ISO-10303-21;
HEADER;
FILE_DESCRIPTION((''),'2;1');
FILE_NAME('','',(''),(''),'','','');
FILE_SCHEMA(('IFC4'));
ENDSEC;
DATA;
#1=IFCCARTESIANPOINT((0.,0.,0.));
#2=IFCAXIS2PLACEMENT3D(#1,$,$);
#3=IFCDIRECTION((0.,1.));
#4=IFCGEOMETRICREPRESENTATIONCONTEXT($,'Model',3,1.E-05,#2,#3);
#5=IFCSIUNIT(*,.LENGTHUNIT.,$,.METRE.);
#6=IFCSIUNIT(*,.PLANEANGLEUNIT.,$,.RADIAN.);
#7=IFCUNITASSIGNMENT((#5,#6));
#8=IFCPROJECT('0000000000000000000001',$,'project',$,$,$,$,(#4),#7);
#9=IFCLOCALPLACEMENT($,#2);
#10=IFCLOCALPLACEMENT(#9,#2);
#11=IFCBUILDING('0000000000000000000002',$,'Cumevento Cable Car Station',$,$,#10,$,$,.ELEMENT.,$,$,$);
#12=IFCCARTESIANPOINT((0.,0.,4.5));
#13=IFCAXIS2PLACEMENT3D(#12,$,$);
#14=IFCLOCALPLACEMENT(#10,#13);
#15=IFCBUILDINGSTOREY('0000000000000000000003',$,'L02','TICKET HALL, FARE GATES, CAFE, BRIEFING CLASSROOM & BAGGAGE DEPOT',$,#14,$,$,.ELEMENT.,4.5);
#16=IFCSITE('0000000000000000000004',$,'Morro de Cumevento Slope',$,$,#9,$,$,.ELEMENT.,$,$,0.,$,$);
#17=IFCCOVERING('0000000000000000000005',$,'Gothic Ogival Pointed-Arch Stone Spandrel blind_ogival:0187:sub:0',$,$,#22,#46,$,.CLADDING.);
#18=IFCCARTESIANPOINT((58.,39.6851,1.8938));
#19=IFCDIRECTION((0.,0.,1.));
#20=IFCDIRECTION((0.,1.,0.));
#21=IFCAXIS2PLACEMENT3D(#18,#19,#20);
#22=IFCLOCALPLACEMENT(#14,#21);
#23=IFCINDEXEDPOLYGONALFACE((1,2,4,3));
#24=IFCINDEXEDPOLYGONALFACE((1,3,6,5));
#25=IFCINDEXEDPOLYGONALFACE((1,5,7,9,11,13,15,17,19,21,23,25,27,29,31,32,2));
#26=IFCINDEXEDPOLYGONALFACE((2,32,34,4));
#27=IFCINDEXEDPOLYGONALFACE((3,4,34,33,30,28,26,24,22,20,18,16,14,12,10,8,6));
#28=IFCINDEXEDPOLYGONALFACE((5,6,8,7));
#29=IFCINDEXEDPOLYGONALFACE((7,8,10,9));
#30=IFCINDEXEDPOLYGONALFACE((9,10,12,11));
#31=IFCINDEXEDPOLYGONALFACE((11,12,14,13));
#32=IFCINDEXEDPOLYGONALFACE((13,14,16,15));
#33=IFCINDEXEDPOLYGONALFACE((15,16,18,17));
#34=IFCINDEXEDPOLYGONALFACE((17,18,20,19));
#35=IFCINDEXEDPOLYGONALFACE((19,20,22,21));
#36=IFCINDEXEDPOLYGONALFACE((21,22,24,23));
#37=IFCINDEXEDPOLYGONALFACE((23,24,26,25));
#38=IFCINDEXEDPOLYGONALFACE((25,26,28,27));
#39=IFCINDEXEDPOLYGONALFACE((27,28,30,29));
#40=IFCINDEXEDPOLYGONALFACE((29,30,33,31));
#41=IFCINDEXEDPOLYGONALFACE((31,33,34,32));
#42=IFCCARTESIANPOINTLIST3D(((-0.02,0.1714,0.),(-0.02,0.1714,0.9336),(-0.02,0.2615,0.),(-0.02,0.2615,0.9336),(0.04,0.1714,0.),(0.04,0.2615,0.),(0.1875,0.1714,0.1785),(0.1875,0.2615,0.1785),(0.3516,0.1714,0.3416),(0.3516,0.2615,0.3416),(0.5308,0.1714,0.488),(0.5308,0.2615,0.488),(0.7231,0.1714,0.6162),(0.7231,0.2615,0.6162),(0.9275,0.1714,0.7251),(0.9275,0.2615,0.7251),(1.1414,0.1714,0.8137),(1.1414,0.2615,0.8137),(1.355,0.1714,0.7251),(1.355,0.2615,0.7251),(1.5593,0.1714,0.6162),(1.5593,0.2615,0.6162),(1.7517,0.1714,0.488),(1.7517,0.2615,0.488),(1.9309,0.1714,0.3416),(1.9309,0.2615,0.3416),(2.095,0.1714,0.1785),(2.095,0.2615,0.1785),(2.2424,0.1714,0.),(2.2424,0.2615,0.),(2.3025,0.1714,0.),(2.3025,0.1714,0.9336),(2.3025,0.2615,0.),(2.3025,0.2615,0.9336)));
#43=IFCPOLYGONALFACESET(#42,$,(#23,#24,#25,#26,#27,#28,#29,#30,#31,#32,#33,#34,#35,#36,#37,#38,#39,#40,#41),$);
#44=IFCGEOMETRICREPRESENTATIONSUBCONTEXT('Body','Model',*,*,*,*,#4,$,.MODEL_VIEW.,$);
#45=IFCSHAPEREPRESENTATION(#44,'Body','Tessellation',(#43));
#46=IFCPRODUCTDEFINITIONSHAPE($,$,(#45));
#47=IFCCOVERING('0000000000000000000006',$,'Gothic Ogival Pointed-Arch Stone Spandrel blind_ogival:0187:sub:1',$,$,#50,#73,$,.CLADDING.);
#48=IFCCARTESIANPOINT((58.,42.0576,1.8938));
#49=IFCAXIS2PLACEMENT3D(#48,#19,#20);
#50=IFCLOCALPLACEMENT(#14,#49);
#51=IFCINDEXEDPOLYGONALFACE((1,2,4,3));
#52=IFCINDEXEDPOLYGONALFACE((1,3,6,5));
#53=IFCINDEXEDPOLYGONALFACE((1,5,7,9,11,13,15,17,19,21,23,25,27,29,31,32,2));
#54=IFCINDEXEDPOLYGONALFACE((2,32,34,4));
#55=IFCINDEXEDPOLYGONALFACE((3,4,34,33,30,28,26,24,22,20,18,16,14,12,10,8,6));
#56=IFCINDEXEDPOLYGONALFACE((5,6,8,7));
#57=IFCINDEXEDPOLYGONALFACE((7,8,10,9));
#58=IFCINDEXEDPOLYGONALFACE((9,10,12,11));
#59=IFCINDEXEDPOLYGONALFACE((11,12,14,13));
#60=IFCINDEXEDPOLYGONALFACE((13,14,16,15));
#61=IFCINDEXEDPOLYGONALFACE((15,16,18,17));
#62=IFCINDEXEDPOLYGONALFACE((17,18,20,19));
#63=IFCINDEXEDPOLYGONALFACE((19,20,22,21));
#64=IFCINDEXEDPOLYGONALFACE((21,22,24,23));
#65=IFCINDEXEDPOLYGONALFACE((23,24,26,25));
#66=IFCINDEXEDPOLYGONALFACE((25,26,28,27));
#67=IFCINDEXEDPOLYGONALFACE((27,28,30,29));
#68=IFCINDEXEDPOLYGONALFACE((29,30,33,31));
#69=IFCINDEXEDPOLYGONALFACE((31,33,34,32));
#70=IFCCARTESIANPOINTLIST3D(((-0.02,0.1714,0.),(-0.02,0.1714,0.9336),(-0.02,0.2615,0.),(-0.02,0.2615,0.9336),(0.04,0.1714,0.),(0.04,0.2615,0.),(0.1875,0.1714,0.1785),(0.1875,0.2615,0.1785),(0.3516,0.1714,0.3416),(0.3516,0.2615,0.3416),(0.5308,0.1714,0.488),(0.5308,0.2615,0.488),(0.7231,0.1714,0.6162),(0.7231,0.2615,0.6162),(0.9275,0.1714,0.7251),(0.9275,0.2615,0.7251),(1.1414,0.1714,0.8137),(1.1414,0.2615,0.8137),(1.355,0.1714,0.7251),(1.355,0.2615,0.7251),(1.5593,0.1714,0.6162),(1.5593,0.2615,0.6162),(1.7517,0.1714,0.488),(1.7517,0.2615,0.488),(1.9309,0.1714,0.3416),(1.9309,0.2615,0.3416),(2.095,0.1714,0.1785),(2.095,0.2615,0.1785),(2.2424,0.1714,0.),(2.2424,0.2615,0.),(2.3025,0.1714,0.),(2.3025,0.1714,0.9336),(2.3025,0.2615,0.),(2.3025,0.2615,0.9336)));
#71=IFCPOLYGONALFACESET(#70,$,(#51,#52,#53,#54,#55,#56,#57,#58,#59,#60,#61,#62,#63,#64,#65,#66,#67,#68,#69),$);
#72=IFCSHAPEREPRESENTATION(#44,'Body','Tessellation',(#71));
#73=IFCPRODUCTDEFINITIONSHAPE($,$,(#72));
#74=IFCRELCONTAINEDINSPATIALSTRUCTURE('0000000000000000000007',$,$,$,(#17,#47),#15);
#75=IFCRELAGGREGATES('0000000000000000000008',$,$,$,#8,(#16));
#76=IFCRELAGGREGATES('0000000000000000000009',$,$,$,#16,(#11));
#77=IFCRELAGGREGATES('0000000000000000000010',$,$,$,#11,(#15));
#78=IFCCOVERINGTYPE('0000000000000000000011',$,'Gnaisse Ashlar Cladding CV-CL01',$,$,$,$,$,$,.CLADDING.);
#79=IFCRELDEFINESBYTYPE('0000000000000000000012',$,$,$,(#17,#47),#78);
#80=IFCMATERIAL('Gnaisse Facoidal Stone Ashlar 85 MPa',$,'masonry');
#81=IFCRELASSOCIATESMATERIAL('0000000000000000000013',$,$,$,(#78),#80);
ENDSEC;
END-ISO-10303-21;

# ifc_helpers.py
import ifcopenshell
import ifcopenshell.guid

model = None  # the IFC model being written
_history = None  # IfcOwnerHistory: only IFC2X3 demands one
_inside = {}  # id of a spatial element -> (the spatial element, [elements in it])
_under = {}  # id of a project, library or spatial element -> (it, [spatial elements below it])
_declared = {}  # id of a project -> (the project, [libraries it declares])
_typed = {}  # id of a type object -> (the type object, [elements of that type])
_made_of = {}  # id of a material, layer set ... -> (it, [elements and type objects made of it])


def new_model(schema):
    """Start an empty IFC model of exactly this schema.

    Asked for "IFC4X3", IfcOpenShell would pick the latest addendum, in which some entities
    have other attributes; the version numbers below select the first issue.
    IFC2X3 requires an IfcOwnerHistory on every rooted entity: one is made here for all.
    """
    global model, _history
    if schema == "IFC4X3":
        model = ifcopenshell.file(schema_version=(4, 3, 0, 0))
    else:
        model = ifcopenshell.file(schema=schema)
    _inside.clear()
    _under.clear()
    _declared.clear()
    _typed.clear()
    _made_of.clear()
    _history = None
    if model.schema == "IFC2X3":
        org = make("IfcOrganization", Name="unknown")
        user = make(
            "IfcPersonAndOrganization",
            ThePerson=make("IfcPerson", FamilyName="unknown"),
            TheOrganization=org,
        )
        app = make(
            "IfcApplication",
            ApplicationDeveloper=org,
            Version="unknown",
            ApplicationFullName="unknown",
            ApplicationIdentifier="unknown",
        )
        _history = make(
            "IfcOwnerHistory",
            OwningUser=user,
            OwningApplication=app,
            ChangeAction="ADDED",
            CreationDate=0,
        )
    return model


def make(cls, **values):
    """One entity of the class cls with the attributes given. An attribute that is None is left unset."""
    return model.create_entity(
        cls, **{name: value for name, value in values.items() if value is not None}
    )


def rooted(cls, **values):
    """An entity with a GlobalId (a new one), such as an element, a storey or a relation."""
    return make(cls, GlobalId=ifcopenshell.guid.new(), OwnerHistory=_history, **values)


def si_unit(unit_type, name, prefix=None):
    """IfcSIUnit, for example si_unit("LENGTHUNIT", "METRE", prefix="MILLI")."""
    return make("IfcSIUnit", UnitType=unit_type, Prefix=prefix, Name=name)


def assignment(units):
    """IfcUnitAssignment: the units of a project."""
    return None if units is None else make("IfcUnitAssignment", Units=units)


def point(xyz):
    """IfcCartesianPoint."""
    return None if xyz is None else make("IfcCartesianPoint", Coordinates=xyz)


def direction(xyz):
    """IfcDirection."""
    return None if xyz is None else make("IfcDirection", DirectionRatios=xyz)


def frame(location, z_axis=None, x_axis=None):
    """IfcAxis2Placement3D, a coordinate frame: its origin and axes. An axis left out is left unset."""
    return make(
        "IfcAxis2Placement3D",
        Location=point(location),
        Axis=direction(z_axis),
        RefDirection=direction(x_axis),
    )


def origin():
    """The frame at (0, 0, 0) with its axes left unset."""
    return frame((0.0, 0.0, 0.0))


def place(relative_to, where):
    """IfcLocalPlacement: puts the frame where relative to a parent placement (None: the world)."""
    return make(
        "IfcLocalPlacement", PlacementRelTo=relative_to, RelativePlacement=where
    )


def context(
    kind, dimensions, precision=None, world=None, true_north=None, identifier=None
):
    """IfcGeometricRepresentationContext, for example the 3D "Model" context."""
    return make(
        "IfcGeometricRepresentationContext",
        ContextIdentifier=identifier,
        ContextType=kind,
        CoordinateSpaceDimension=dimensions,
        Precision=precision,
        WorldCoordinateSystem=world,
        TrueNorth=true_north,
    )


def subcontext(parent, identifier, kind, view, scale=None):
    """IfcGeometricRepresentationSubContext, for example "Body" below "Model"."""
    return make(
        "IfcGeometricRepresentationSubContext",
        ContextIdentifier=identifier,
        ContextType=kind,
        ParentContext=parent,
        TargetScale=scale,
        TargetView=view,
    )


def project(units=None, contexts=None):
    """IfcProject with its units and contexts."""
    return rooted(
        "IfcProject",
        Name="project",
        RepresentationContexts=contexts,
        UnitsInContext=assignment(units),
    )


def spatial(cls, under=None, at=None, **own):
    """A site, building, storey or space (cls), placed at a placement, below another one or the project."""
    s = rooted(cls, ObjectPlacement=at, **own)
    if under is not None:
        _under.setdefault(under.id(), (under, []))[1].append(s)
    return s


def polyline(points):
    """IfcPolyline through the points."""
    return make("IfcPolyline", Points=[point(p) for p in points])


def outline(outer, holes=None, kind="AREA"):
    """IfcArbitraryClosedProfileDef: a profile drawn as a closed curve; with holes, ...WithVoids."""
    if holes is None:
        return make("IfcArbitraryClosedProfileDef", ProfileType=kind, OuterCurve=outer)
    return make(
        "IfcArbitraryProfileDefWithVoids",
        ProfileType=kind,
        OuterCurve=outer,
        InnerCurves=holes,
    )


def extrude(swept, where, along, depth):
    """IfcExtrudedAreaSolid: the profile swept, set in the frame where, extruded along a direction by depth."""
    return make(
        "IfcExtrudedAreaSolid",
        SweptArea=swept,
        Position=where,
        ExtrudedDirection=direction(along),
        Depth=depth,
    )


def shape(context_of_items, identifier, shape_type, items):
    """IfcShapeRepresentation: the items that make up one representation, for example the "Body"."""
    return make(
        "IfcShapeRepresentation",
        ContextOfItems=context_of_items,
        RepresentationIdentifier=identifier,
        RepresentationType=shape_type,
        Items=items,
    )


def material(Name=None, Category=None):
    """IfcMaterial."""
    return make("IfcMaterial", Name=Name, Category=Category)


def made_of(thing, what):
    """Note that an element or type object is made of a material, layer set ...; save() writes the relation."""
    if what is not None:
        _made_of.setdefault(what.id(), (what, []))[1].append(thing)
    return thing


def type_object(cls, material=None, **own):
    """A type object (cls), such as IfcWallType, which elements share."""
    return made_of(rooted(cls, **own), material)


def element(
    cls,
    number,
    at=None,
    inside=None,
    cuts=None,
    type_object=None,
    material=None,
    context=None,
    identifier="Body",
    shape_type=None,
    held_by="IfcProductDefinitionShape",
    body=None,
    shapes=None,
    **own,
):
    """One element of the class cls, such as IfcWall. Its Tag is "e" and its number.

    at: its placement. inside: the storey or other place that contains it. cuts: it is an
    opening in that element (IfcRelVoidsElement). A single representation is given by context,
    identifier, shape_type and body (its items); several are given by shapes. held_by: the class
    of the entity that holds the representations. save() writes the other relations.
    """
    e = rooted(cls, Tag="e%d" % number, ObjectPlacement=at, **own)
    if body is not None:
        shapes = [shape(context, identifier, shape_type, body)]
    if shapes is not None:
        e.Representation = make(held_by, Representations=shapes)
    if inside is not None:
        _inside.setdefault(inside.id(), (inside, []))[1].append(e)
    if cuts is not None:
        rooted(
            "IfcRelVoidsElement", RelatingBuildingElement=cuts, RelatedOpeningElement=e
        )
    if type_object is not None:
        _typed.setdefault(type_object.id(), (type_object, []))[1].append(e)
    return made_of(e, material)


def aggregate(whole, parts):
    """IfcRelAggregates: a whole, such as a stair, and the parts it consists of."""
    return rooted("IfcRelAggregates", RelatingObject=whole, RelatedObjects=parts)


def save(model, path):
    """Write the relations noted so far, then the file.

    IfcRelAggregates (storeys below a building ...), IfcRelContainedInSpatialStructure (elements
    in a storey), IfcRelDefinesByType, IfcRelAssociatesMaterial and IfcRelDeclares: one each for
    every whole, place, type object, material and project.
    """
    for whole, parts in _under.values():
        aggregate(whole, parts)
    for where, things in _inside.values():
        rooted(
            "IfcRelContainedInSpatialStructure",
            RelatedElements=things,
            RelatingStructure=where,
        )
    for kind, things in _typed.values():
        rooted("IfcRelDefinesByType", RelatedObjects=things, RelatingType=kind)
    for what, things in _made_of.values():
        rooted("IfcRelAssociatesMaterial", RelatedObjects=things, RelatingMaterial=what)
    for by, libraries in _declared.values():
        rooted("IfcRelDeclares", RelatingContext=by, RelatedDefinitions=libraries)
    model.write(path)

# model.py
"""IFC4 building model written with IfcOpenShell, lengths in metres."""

from ifc_helpers import new_model, si_unit, direction, frame, origin, place, context, subcontext, project, spatial, polyline, outline, extrude, material, type_object, element, save


model = new_model("IFC4")

# Units and contexts
model_context = context("Model", 3, precision=1e-05, world=origin(), true_north=direction((0.0, 1.0)))
body_context = subcontext(model_context, "Body", "Model", "MODEL_VIEW")
ifc_project = project(units=[si_unit("LENGTHUNIT", "METRE"), si_unit("PLANEANGLEUNIT", "RADIAN")], contexts=[model_context])

# Site, building, storey
site_placement = place(None, origin())
site = spatial("IfcSite", under=ifc_project, at=site_placement, Name="Morro de Cumevento Slope", CompositionType="ELEMENT", RefElevation=0.0)
building_placement = place(site_placement, origin())
building = spatial("IfcBuilding", under=site, at=building_placement, Name="Cumevento Cable Car Station", CompositionType="ELEMENT")
storey_placement = place(building_placement, frame((0.0, 0.0, 4.5)))
storey = spatial("IfcBuildingStorey", under=building, at=storey_placement, Name="L02", Description="TICKET HALL, FARE GATES, CAFE, BRIEFING CLASSROOM & BAGGAGE DEPOT", CompositionType="ELEMENT", Elevation=4.5)

# Coverings
ifc_material_1 = material(Name="Gnaisse Facoidal Stone Ashlar 85 MPa", Category="masonry")
covering_type = type_object("IfcCoveringType", Name="Gnaisse Ashlar Cladding CV-CL01", PredefinedType="CLADDING", material=ifc_material_1)
for number, where, z_axis, x_axis, name in (
    (1, (58.0, 39.6851, 1.8938), (0.0, 0.0, 1.0), (0.0, 1.0, 0.0), "Gothic Ogival Pointed-Arch Stone Spandrel blind_ogival:0187:sub:0"),
    (2, (58.0, 42.0576, 1.8938), (0.0, 0.0, 1.0), (0.0, 1.0, 0.0), "Gothic Ogival Pointed-Arch Stone Spandrel blind_ogival:0187:sub:1"),
):
    element("IfcCovering", number, at=place(storey_placement, frame(where, z_axis=z_axis, x_axis=x_axis)), inside=storey, type_object=covering_type, Name=name, PredefinedType="CLADDING", context=body_context, shape_type="SweptSolid", body=[
        extrude(outline(polyline([(-0.02, 0.0), (-0.02, 0.9336), (2.3025, 0.9336), (2.3025, 0.0), (2.2424, 0.0), (2.095, 0.1785), (1.9309, 0.3416), (1.7517, 0.488), (1.5593, 0.6162), (1.355, 0.7251), (1.1414, 0.8137), (0.9275, 0.7251), (0.7231, 0.6162), (0.5308, 0.488), (0.3516, 0.3416), (0.1875, 0.1785), (0.04, 0.0), (-0.02, 0.0)])), frame((0.0, 0.2615, 0.0), z_axis=(0.0, -1.0, 0.0), x_axis=(1.0, 0.0, 0.0)), (0.0, 0.0, 1.0), 0.0901),
    ])

save(model, "model.ifc")
